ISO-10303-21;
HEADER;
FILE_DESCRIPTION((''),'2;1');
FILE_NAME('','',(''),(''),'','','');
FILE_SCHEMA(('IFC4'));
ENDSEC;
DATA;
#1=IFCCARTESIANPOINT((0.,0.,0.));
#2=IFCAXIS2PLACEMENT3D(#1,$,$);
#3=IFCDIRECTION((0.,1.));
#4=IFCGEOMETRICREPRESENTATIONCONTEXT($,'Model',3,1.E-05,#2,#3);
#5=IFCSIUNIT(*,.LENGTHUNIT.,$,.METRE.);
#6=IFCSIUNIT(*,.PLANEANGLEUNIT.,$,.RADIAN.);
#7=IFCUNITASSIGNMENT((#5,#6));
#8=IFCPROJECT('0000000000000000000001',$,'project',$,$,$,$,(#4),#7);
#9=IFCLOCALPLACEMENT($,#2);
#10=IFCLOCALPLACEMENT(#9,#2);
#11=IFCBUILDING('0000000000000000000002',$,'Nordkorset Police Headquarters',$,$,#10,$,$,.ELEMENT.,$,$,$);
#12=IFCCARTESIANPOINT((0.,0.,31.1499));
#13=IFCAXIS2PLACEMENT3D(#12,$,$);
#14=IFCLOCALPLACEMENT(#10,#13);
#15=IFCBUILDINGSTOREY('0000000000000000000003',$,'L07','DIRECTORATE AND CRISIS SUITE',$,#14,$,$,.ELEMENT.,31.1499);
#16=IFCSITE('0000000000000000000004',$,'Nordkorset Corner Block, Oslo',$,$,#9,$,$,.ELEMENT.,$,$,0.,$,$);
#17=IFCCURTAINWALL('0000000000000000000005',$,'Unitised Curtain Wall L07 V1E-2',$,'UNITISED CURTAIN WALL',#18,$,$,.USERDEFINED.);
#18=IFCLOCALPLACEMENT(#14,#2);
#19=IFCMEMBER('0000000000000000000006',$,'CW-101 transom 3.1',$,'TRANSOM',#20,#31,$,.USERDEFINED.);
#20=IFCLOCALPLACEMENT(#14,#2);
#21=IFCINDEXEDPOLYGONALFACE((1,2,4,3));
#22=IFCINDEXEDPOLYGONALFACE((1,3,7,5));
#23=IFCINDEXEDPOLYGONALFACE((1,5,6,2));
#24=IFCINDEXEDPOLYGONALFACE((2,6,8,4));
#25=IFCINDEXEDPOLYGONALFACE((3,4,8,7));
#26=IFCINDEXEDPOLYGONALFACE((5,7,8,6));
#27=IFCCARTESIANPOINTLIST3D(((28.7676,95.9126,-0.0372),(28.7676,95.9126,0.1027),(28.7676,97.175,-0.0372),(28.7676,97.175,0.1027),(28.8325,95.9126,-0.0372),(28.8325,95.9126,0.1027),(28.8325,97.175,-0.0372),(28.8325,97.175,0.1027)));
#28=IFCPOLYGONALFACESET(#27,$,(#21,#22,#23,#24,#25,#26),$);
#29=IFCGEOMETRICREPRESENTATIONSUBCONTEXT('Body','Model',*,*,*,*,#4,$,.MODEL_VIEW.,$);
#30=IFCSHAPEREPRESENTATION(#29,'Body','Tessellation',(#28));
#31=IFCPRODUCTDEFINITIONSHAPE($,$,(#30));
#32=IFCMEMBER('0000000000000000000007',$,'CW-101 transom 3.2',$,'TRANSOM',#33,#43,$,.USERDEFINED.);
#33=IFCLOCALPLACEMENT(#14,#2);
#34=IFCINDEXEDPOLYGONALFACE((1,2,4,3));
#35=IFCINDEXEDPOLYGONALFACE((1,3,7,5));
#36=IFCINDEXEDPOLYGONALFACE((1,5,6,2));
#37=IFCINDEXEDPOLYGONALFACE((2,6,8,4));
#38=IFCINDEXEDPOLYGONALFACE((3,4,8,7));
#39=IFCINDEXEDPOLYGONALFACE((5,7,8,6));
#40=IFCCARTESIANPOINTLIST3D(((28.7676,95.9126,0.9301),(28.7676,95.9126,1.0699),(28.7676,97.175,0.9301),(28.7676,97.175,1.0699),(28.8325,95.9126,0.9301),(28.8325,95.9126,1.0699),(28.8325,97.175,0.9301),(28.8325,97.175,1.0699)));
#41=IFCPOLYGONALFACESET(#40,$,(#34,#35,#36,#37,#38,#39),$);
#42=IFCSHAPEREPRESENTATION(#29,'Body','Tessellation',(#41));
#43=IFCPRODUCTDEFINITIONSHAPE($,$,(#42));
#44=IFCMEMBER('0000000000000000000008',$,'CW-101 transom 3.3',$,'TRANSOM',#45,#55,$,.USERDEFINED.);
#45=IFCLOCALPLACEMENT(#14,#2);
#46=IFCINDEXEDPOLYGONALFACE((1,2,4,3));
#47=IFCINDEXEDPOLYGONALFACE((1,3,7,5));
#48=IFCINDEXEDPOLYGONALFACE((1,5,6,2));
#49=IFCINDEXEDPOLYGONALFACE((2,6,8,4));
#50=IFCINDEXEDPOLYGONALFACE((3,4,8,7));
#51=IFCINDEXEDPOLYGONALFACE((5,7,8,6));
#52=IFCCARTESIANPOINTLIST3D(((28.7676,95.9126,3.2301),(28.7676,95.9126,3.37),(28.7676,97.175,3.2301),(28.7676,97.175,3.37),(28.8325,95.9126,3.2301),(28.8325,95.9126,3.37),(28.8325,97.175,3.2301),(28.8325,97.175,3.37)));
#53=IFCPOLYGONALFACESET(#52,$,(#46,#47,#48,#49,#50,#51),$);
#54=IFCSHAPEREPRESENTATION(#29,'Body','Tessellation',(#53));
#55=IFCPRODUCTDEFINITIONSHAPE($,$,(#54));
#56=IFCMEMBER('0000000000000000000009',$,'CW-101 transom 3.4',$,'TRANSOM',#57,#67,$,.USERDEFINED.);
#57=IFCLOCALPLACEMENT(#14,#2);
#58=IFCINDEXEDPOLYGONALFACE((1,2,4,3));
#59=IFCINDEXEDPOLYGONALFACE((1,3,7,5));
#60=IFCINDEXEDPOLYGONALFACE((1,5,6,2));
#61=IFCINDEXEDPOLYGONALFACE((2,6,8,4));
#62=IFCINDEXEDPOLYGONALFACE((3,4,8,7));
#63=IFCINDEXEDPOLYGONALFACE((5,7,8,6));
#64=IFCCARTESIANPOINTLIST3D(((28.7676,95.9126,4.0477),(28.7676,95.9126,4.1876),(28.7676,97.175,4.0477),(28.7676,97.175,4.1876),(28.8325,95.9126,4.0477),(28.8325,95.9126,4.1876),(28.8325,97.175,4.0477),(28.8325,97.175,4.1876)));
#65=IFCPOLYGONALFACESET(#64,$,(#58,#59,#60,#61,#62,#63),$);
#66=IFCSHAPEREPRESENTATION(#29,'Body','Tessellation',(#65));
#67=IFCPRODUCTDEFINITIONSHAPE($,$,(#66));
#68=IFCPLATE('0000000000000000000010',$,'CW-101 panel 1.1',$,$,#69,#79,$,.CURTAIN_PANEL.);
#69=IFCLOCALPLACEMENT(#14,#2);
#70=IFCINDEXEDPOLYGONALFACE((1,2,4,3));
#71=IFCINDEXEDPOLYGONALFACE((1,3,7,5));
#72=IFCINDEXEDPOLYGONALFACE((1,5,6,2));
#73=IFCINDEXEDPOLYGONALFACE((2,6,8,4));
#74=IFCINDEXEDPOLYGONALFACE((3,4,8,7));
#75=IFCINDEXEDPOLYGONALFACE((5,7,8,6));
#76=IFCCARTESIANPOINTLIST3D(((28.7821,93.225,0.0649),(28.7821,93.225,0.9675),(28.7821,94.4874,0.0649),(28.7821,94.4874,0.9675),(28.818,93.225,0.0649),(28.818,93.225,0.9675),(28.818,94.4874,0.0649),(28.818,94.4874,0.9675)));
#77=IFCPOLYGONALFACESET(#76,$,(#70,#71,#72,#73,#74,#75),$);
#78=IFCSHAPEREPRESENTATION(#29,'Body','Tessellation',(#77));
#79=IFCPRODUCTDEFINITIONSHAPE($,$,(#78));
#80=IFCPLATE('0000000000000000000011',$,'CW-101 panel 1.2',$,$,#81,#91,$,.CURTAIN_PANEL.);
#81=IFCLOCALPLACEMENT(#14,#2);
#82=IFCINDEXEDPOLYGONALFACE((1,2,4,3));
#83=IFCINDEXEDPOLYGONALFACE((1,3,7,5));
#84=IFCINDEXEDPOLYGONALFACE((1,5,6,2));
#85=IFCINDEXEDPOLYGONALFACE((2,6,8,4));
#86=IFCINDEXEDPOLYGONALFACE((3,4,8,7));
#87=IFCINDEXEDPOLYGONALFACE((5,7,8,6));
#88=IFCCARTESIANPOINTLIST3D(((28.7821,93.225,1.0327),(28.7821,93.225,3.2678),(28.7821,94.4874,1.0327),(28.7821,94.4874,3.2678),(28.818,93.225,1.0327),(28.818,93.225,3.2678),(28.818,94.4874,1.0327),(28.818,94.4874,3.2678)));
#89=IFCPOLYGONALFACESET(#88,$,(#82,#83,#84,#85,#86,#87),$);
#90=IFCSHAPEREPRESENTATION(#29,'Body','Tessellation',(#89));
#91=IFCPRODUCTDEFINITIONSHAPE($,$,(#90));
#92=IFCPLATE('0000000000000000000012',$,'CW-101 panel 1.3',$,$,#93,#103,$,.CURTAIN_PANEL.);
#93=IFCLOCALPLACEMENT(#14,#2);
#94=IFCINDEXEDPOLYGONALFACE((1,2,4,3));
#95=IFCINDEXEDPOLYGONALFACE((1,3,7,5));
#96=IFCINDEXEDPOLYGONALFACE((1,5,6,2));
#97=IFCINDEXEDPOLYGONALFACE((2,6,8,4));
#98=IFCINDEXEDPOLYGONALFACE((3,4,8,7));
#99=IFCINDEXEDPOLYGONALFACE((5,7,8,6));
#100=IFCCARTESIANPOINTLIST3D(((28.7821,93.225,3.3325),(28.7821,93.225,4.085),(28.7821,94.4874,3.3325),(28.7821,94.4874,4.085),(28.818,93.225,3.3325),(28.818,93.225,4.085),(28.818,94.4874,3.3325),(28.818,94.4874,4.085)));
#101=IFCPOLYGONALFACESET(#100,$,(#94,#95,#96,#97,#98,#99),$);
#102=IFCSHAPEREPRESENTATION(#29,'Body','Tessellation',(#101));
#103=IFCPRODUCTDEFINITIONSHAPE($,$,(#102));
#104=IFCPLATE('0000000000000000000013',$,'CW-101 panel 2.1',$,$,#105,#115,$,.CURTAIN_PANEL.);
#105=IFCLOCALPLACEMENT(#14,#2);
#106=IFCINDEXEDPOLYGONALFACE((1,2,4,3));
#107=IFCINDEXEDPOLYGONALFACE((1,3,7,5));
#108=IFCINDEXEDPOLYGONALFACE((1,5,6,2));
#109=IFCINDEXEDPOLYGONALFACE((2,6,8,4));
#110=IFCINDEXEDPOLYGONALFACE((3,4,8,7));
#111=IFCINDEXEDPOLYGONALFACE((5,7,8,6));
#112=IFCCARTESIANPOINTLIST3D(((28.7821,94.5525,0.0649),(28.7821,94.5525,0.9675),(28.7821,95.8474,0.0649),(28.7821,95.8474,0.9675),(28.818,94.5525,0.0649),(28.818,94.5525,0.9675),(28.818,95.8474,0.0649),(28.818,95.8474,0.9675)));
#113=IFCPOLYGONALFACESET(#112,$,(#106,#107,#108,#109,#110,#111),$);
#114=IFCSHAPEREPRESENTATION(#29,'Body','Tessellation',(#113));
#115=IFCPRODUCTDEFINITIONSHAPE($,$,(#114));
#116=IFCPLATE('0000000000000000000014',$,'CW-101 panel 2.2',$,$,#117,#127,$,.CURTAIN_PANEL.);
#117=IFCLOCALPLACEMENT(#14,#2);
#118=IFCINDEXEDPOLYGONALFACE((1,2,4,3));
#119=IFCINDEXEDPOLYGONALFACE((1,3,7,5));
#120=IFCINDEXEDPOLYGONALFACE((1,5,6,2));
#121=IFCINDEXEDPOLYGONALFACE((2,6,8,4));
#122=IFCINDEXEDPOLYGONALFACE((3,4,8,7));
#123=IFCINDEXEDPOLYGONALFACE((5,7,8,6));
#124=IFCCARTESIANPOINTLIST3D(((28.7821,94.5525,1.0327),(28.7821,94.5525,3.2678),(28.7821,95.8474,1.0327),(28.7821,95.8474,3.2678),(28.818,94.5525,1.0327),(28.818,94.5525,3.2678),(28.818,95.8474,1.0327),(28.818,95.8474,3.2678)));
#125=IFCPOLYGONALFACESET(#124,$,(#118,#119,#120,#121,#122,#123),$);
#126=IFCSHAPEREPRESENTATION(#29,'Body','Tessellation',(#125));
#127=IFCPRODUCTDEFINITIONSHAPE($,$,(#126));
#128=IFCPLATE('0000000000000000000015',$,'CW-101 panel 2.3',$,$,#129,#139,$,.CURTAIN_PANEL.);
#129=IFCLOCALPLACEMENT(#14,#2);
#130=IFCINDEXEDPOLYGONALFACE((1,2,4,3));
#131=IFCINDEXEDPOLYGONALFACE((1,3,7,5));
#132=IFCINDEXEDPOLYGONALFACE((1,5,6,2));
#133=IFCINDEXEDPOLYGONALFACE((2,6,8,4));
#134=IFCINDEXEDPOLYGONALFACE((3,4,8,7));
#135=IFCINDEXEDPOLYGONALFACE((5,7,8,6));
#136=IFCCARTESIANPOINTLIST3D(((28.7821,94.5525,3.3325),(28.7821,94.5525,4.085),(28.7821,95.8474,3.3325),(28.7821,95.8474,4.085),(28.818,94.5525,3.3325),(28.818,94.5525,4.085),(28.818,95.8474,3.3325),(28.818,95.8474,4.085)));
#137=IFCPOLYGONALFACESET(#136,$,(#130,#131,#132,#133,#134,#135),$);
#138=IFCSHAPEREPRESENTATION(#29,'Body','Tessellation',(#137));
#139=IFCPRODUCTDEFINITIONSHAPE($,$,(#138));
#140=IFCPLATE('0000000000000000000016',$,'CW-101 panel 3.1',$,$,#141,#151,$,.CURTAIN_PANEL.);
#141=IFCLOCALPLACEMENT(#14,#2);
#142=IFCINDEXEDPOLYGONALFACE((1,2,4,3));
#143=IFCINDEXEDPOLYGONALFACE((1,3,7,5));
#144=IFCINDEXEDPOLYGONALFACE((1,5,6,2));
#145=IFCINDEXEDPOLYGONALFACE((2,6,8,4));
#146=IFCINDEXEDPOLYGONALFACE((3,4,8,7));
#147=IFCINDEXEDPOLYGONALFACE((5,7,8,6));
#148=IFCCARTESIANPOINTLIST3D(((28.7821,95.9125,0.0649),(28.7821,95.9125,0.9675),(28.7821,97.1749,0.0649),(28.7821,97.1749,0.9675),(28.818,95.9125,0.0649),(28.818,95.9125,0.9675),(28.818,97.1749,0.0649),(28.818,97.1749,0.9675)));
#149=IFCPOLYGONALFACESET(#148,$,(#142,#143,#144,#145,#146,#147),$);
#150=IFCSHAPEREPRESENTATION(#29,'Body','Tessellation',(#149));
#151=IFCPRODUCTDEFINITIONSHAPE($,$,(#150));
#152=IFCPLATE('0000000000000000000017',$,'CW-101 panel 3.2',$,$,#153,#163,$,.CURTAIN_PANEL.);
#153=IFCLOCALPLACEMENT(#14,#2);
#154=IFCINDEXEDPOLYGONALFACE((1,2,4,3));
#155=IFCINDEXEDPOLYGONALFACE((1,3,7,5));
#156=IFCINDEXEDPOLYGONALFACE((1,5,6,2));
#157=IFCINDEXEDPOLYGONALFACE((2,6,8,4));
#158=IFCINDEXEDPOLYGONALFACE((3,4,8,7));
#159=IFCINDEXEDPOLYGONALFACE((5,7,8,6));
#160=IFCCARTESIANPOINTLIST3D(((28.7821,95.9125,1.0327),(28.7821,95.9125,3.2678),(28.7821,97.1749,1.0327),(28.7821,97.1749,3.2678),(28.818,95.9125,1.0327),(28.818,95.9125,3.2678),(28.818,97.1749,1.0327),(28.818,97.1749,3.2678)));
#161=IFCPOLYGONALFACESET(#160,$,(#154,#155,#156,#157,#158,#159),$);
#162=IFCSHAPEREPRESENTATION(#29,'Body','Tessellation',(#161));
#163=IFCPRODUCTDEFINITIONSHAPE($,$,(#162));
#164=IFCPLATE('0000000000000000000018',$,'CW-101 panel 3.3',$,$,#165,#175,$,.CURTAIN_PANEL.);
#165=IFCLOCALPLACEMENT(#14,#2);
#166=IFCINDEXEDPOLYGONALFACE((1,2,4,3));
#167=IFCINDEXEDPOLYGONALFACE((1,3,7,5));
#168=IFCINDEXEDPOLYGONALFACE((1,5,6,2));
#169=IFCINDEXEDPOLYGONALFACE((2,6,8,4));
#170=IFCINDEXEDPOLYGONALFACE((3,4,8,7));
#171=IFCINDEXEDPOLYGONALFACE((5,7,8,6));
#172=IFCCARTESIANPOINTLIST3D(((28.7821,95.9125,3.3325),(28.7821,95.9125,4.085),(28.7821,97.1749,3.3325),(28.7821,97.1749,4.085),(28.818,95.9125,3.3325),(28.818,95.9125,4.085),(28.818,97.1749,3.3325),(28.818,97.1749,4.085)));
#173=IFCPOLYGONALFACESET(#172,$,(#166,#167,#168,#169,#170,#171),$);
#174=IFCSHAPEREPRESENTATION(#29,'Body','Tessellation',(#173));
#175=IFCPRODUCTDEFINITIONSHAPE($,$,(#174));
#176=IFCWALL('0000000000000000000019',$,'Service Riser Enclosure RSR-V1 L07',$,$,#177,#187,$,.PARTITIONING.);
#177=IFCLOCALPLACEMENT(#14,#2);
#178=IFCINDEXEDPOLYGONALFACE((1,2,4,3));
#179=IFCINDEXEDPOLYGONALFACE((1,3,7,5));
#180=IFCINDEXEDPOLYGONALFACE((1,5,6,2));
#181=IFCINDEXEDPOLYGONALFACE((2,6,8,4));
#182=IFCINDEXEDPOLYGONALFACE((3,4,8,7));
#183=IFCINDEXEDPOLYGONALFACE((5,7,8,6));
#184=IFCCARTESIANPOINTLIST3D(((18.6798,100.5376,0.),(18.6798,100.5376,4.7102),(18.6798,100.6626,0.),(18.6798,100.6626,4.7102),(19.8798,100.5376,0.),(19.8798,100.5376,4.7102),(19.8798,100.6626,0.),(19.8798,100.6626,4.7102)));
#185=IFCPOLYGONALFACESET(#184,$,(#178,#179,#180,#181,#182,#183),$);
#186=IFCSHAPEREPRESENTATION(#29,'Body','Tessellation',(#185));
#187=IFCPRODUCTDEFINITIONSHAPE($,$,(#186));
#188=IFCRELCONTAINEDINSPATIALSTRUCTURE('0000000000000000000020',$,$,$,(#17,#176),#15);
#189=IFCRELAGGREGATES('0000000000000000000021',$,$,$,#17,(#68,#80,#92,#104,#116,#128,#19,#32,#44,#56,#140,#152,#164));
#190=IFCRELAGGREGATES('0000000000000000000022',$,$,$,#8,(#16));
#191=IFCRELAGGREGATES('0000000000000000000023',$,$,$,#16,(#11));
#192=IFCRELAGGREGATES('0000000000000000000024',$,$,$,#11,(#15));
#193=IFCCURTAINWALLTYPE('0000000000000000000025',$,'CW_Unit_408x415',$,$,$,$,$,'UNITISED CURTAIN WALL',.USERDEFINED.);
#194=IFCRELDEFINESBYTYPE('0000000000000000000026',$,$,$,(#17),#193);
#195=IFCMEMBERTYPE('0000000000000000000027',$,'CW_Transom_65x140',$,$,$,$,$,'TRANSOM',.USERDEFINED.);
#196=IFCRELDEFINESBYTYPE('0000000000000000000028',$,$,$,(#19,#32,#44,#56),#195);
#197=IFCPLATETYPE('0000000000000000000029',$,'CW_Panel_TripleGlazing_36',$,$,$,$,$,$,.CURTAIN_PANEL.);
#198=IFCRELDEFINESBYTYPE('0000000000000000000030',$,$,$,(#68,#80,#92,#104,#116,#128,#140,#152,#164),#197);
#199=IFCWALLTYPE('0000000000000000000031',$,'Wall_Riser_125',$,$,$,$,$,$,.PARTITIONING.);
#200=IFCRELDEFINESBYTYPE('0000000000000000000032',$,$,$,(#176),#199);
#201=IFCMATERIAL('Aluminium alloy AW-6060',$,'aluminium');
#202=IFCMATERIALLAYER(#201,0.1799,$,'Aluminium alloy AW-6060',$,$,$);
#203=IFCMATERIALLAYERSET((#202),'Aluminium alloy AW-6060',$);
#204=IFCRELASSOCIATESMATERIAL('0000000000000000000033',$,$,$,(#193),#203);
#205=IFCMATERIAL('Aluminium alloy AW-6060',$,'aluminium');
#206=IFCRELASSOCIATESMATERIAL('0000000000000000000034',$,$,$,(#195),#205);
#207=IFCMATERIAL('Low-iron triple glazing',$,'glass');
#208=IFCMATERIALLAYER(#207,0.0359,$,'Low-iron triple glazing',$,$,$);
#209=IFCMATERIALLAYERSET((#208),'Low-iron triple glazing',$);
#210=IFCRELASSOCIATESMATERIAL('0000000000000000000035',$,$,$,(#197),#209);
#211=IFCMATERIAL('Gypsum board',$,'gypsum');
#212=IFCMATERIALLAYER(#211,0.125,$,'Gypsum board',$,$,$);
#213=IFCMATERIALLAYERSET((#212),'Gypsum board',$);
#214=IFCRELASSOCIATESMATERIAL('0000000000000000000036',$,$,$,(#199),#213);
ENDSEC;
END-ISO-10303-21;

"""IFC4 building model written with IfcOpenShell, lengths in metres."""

from ifc_helpers import new_model, si_unit, direction, frame, frame_2d, origin, origin_2d, place, context, subcontext, project, spatial, rectangle, extrude, material, layer, layer_set, material_profile, profile_set, type_object, element, aggregate, save


model = new_model("IFC4")

# Units and contexts
model_context = context("Model", 3, precision=1e-05, world=origin(), true_north=direction((0.0, 1.0)))
body_context = subcontext(model_context, "Body", "Model", "MODEL_VIEW")
ifc_project = project(units=[si_unit("LENGTHUNIT", "METRE"), si_unit("PLANEANGLEUNIT", "RADIAN")], contexts=[model_context])

# Site, building, storey
site_placement = place(None, origin())
site = spatial("IfcSite", under=ifc_project, at=site_placement, Name="Nordkorset Corner Block, Oslo", CompositionType="ELEMENT", RefElevation=0.0)
building_placement = place(site_placement, origin())
building = spatial("IfcBuilding", under=site, at=building_placement, Name="Nordkorset Police Headquarters", CompositionType="ELEMENT")
storey_placement = place(building_placement, frame((0.0, 0.0, 31.1499)))
storey = spatial("IfcBuildingStorey", under=building, at=storey_placement, Name="L07", Description="DIRECTORATE AND CRISIS SUITE", CompositionType="ELEMENT", Elevation=31.1499)

# Curtain wall, members, plates
ifc_material_1 = material(Name="Aluminium alloy AW-6060", Category="aluminium")
ifc_layer_1 = layer(ifc_material_1, 0.1799, Name="Aluminium alloy AW-6060")
ifc_layer_set_1 = layer_set([ifc_layer_1], Name="Aluminium alloy AW-6060")
curtain_wall_type = type_object("IfcCurtainWallType", Name="CW_Unit_408x415", ElementType="UNITISED CURTAIN WALL", PredefinedType="USERDEFINED", material=ifc_layer_set_1)
curtain_wall_placement = place(storey_placement, origin())
curtain_wall = element("IfcCurtainWall", 1, at=curtain_wall_placement, inside=storey, type_object=curtain_wall_type, Name="Unitised Curtain Wall L07 V1E-2", ObjectType="UNITISED CURTAIN WALL", PredefinedType="USERDEFINED")
ifc_material_2 = material(Name="Aluminium alloy AW-6060", Category="aluminium")
ifc_material_profile_1 = material_profile(ifc_material_2, rectangle(XDim=0.0649, YDim=0.1399, at=origin_2d()), Name="ALU TRAN 65x140")
ifc_profile_set_1 = profile_set([ifc_material_profile_1], Name="Aluminium alloy AW-6060")
member_type_1 = type_object("IfcMemberType", Name="CW_Transom_65x140", ElementType="TRANSOM", PredefinedType="USERDEFINED", material=ifc_profile_set_1)
member_1_placement = place(storey_placement, frame((28.8, 95.9126, 0.0327), z_axis=(0.0, 1.0, 0.0), x_axis=(-1.0, 0.0, 0.0)))
member_1 = element("IfcMember", 2, at=member_1_placement, type_object=member_type_1, Name="CW-101 transom 3.1", ObjectType="TRANSOM", PredefinedType="USERDEFINED", context=body_context, shape_type="SweptSolid", body=[
    extrude(rectangle(XDim=0.0649, YDim=0.1399, at=origin_2d()), origin(), (0.0, 0.0, 1.0), 1.2625),
])
member_2_placement = place(storey_placement, frame((28.8, 95.9126, 1.0), z_axis=(0.0, 1.0, 0.0), x_axis=(-1.0, 0.0, 0.0)))
member_2 = element("IfcMember", 3, at=member_2_placement, type_object=member_type_1, Name="CW-101 transom 3.2", ObjectType="TRANSOM", PredefinedType="USERDEFINED", context=body_context, shape_type="SweptSolid", body=[
    extrude(rectangle(XDim=0.0649, YDim=0.1399, at=origin_2d()), origin(), (0.0, 0.0, 1.0), 1.2625),
])
member_3_placement = place(storey_placement, frame((28.8, 95.9126, 3.3), z_axis=(0.0, 1.0, 0.0), x_axis=(-1.0, 0.0, 0.0)))
member_3 = element("IfcMember", 4, at=member_3_placement, type_object=member_type_1, Name="CW-101 transom 3.3", ObjectType="TRANSOM", PredefinedType="USERDEFINED", context=body_context, shape_type="SweptSolid", body=[
    extrude(rectangle(XDim=0.0649, YDim=0.1399, at=origin_2d()), origin(), (0.0, 0.0, 1.0), 1.2625),
])
member_4_placement = place(storey_placement, frame((28.8, 95.9126, 4.1177), z_axis=(0.0, 1.0, 0.0), x_axis=(-1.0, 0.0, 0.0)))
member_4 = element("IfcMember", 5, at=member_4_placement, type_object=member_type_1, Name="CW-101 transom 3.4", ObjectType="TRANSOM", PredefinedType="USERDEFINED", context=body_context, shape_type="SweptSolid", body=[
    extrude(rectangle(XDim=0.0649, YDim=0.1399, at=origin_2d()), origin(), (0.0, 0.0, 1.0), 1.2625),
])
ifc_material_3 = material(Name="Low-iron triple glazing", Category="glass")
ifc_layer_2 = layer(ifc_material_3, 0.0359, Name="Low-iron triple glazing")
ifc_layer_set_2 = layer_set([ifc_layer_2], Name="Low-iron triple glazing")
plate_type = type_object("IfcPlateType", Name="CW_Panel_TripleGlazing_36", PredefinedType="CURTAIN_PANEL", material=ifc_layer_set_2)
plate_1_placement = place(storey_placement, frame((28.8, 93.8562, 0.0649), z_axis=(0.0, 0.0, 1.0), x_axis=(0.0, 1.0, 0.0)))
plate_1 = element("IfcPlate", 6, at=plate_1_placement, type_object=plate_type, Name="CW-101 panel 1.1", PredefinedType="CURTAIN_PANEL", context=body_context, shape_type="SweptSolid", body=[
    extrude(rectangle(XDim=1.2625, YDim=0.0359, at=origin_2d()), origin(), (0.0, 0.0, 1.0), 0.9026),
])
plate_2_placement = place(storey_placement, frame((28.8, 93.8562, 1.0327), z_axis=(0.0, 0.0, 1.0), x_axis=(0.0, 1.0, 0.0)))
plate_2 = element("IfcPlate", 7, at=plate_2_placement, type_object=plate_type, Name="CW-101 panel 1.2", PredefinedType="CURTAIN_PANEL", context=body_context, shape_type="SweptSolid", body=[
    extrude(rectangle(XDim=1.2625, YDim=0.0359, at=origin_2d()), origin(), (0.0, 0.0, 1.0), 2.2351),
])
plate_3_placement = place(storey_placement, frame((28.8, 93.8562, 3.3325), z_axis=(0.0, 0.0, 1.0), x_axis=(0.0, 1.0, 0.0)))
plate_3 = element("IfcPlate", 8, at=plate_3_placement, type_object=plate_type, Name="CW-101 panel 1.3", PredefinedType="CURTAIN_PANEL", context=body_context, shape_type="SweptSolid", body=[
    extrude(rectangle(XDim=1.2625, YDim=0.0359, at=origin_2d()), origin(), (0.0, 0.0, 1.0), 0.7524),
])
plate_4_placement = place(storey_placement, frame((28.8, 95.2, 0.0649), z_axis=(0.0, 0.0, 1.0), x_axis=(0.0, 1.0, 0.0)))
plate_4 = element("IfcPlate", 9, at=plate_4_placement, type_object=plate_type, Name="CW-101 panel 2.1", PredefinedType="CURTAIN_PANEL", context=body_context, shape_type="SweptSolid", body=[
    extrude(rectangle(XDim=1.2949, YDim=0.0359, at=origin_2d()), origin(), (0.0, 0.0, 1.0), 0.9026),
])
plate_5_placement = place(storey_placement, frame((28.8, 95.2, 1.0327), z_axis=(0.0, 0.0, 1.0), x_axis=(0.0, 1.0, 0.0)))
plate_5 = element("IfcPlate", 10, at=plate_5_placement, type_object=plate_type, Name="CW-101 panel 2.2", PredefinedType="CURTAIN_PANEL", context=body_context, shape_type="SweptSolid", body=[
    extrude(rectangle(XDim=1.2949, YDim=0.0359, at=origin_2d()), origin(), (0.0, 0.0, 1.0), 2.2351),
])
plate_6_placement = place(storey_placement, frame((28.8, 95.2, 3.3325), z_axis=(0.0, 0.0, 1.0), x_axis=(0.0, 1.0, 0.0)))
plate_6 = element("IfcPlate", 11, at=plate_6_placement, type_object=plate_type, Name="CW-101 panel 2.3", PredefinedType="CURTAIN_PANEL", context=body_context, shape_type="SweptSolid", body=[
    extrude(rectangle(XDim=1.2949, YDim=0.0359, at=origin_2d()), origin(), (0.0, 0.0, 1.0), 0.7524),
])
plate_7_placement = place(storey_placement, frame((28.8, 96.5437, 0.0649), z_axis=(0.0, 0.0, 1.0), x_axis=(0.0, 1.0, 0.0)))
plate_7 = element("IfcPlate", 12, at=plate_7_placement, type_object=plate_type, Name="CW-101 panel 3.1", PredefinedType="CURTAIN_PANEL", context=body_context, shape_type="SweptSolid", body=[
    extrude(rectangle(XDim=1.2625, YDim=0.0359, at=origin_2d()), origin(), (0.0, 0.0, 1.0), 0.9026),
])
plate_8_placement = place(storey_placement, frame((28.8, 96.5437, 1.0327), z_axis=(0.0, 0.0, 1.0), x_axis=(0.0, 1.0, 0.0)))
plate_8 = element("IfcPlate", 13, at=plate_8_placement, type_object=plate_type, Name="CW-101 panel 3.2", PredefinedType="CURTAIN_PANEL", context=body_context, shape_type="SweptSolid", body=[
    extrude(rectangle(XDim=1.2625, YDim=0.0359, at=origin_2d()), origin(), (0.0, 0.0, 1.0), 2.2351),
])
plate_9_placement = place(storey_placement, frame((28.8, 96.5437, 3.3325), z_axis=(0.0, 0.0, 1.0), x_axis=(0.0, 1.0, 0.0)))
plate_9 = element("IfcPlate", 14, at=plate_9_placement, type_object=plate_type, Name="CW-101 panel 3.3", PredefinedType="CURTAIN_PANEL", context=body_context, shape_type="SweptSolid", body=[
    extrude(rectangle(XDim=1.2625, YDim=0.0359, at=origin_2d()), origin(), (0.0, 0.0, 1.0), 0.7524),
])
aggregate(curtain_wall, [plate_1, plate_2, plate_3, plate_4, plate_5, plate_6, member_1, member_2, member_3, member_4, plate_7, plate_8, plate_9])

# Wall
ifc_material_4 = material(Name="Gypsum board", Category="gypsum")
ifc_layer_3 = layer(ifc_material_4, 0.125, Name="Gypsum board")
ifc_layer_set_3 = layer_set([ifc_layer_3], Name="Gypsum board")
wall_type = type_object("IfcWallType", Name="Wall_Riser_125", PredefinedType="PARTITIONING", material=ifc_layer_set_3)
wall_placement = place(storey_placement, frame((19.8799, 100.6001, 0.0), z_axis=(0.0, 0.0, 1.0), x_axis=(-1.0, 0.0, 0.0)))
element("IfcWall", 15, at=wall_placement, inside=storey, type_object=wall_type, Name="Service Riser Enclosure RSR-V1 L07", PredefinedType="PARTITIONING", context=body_context, shape_type="SweptSolid", body=[
    extrude(rectangle(XDim=1.2, YDim=0.125, at=frame_2d((0.6001, 0.0))), origin(), (0.0, 0.0, 1.0), 4.7102),
])

save(model, "model.ifc")
